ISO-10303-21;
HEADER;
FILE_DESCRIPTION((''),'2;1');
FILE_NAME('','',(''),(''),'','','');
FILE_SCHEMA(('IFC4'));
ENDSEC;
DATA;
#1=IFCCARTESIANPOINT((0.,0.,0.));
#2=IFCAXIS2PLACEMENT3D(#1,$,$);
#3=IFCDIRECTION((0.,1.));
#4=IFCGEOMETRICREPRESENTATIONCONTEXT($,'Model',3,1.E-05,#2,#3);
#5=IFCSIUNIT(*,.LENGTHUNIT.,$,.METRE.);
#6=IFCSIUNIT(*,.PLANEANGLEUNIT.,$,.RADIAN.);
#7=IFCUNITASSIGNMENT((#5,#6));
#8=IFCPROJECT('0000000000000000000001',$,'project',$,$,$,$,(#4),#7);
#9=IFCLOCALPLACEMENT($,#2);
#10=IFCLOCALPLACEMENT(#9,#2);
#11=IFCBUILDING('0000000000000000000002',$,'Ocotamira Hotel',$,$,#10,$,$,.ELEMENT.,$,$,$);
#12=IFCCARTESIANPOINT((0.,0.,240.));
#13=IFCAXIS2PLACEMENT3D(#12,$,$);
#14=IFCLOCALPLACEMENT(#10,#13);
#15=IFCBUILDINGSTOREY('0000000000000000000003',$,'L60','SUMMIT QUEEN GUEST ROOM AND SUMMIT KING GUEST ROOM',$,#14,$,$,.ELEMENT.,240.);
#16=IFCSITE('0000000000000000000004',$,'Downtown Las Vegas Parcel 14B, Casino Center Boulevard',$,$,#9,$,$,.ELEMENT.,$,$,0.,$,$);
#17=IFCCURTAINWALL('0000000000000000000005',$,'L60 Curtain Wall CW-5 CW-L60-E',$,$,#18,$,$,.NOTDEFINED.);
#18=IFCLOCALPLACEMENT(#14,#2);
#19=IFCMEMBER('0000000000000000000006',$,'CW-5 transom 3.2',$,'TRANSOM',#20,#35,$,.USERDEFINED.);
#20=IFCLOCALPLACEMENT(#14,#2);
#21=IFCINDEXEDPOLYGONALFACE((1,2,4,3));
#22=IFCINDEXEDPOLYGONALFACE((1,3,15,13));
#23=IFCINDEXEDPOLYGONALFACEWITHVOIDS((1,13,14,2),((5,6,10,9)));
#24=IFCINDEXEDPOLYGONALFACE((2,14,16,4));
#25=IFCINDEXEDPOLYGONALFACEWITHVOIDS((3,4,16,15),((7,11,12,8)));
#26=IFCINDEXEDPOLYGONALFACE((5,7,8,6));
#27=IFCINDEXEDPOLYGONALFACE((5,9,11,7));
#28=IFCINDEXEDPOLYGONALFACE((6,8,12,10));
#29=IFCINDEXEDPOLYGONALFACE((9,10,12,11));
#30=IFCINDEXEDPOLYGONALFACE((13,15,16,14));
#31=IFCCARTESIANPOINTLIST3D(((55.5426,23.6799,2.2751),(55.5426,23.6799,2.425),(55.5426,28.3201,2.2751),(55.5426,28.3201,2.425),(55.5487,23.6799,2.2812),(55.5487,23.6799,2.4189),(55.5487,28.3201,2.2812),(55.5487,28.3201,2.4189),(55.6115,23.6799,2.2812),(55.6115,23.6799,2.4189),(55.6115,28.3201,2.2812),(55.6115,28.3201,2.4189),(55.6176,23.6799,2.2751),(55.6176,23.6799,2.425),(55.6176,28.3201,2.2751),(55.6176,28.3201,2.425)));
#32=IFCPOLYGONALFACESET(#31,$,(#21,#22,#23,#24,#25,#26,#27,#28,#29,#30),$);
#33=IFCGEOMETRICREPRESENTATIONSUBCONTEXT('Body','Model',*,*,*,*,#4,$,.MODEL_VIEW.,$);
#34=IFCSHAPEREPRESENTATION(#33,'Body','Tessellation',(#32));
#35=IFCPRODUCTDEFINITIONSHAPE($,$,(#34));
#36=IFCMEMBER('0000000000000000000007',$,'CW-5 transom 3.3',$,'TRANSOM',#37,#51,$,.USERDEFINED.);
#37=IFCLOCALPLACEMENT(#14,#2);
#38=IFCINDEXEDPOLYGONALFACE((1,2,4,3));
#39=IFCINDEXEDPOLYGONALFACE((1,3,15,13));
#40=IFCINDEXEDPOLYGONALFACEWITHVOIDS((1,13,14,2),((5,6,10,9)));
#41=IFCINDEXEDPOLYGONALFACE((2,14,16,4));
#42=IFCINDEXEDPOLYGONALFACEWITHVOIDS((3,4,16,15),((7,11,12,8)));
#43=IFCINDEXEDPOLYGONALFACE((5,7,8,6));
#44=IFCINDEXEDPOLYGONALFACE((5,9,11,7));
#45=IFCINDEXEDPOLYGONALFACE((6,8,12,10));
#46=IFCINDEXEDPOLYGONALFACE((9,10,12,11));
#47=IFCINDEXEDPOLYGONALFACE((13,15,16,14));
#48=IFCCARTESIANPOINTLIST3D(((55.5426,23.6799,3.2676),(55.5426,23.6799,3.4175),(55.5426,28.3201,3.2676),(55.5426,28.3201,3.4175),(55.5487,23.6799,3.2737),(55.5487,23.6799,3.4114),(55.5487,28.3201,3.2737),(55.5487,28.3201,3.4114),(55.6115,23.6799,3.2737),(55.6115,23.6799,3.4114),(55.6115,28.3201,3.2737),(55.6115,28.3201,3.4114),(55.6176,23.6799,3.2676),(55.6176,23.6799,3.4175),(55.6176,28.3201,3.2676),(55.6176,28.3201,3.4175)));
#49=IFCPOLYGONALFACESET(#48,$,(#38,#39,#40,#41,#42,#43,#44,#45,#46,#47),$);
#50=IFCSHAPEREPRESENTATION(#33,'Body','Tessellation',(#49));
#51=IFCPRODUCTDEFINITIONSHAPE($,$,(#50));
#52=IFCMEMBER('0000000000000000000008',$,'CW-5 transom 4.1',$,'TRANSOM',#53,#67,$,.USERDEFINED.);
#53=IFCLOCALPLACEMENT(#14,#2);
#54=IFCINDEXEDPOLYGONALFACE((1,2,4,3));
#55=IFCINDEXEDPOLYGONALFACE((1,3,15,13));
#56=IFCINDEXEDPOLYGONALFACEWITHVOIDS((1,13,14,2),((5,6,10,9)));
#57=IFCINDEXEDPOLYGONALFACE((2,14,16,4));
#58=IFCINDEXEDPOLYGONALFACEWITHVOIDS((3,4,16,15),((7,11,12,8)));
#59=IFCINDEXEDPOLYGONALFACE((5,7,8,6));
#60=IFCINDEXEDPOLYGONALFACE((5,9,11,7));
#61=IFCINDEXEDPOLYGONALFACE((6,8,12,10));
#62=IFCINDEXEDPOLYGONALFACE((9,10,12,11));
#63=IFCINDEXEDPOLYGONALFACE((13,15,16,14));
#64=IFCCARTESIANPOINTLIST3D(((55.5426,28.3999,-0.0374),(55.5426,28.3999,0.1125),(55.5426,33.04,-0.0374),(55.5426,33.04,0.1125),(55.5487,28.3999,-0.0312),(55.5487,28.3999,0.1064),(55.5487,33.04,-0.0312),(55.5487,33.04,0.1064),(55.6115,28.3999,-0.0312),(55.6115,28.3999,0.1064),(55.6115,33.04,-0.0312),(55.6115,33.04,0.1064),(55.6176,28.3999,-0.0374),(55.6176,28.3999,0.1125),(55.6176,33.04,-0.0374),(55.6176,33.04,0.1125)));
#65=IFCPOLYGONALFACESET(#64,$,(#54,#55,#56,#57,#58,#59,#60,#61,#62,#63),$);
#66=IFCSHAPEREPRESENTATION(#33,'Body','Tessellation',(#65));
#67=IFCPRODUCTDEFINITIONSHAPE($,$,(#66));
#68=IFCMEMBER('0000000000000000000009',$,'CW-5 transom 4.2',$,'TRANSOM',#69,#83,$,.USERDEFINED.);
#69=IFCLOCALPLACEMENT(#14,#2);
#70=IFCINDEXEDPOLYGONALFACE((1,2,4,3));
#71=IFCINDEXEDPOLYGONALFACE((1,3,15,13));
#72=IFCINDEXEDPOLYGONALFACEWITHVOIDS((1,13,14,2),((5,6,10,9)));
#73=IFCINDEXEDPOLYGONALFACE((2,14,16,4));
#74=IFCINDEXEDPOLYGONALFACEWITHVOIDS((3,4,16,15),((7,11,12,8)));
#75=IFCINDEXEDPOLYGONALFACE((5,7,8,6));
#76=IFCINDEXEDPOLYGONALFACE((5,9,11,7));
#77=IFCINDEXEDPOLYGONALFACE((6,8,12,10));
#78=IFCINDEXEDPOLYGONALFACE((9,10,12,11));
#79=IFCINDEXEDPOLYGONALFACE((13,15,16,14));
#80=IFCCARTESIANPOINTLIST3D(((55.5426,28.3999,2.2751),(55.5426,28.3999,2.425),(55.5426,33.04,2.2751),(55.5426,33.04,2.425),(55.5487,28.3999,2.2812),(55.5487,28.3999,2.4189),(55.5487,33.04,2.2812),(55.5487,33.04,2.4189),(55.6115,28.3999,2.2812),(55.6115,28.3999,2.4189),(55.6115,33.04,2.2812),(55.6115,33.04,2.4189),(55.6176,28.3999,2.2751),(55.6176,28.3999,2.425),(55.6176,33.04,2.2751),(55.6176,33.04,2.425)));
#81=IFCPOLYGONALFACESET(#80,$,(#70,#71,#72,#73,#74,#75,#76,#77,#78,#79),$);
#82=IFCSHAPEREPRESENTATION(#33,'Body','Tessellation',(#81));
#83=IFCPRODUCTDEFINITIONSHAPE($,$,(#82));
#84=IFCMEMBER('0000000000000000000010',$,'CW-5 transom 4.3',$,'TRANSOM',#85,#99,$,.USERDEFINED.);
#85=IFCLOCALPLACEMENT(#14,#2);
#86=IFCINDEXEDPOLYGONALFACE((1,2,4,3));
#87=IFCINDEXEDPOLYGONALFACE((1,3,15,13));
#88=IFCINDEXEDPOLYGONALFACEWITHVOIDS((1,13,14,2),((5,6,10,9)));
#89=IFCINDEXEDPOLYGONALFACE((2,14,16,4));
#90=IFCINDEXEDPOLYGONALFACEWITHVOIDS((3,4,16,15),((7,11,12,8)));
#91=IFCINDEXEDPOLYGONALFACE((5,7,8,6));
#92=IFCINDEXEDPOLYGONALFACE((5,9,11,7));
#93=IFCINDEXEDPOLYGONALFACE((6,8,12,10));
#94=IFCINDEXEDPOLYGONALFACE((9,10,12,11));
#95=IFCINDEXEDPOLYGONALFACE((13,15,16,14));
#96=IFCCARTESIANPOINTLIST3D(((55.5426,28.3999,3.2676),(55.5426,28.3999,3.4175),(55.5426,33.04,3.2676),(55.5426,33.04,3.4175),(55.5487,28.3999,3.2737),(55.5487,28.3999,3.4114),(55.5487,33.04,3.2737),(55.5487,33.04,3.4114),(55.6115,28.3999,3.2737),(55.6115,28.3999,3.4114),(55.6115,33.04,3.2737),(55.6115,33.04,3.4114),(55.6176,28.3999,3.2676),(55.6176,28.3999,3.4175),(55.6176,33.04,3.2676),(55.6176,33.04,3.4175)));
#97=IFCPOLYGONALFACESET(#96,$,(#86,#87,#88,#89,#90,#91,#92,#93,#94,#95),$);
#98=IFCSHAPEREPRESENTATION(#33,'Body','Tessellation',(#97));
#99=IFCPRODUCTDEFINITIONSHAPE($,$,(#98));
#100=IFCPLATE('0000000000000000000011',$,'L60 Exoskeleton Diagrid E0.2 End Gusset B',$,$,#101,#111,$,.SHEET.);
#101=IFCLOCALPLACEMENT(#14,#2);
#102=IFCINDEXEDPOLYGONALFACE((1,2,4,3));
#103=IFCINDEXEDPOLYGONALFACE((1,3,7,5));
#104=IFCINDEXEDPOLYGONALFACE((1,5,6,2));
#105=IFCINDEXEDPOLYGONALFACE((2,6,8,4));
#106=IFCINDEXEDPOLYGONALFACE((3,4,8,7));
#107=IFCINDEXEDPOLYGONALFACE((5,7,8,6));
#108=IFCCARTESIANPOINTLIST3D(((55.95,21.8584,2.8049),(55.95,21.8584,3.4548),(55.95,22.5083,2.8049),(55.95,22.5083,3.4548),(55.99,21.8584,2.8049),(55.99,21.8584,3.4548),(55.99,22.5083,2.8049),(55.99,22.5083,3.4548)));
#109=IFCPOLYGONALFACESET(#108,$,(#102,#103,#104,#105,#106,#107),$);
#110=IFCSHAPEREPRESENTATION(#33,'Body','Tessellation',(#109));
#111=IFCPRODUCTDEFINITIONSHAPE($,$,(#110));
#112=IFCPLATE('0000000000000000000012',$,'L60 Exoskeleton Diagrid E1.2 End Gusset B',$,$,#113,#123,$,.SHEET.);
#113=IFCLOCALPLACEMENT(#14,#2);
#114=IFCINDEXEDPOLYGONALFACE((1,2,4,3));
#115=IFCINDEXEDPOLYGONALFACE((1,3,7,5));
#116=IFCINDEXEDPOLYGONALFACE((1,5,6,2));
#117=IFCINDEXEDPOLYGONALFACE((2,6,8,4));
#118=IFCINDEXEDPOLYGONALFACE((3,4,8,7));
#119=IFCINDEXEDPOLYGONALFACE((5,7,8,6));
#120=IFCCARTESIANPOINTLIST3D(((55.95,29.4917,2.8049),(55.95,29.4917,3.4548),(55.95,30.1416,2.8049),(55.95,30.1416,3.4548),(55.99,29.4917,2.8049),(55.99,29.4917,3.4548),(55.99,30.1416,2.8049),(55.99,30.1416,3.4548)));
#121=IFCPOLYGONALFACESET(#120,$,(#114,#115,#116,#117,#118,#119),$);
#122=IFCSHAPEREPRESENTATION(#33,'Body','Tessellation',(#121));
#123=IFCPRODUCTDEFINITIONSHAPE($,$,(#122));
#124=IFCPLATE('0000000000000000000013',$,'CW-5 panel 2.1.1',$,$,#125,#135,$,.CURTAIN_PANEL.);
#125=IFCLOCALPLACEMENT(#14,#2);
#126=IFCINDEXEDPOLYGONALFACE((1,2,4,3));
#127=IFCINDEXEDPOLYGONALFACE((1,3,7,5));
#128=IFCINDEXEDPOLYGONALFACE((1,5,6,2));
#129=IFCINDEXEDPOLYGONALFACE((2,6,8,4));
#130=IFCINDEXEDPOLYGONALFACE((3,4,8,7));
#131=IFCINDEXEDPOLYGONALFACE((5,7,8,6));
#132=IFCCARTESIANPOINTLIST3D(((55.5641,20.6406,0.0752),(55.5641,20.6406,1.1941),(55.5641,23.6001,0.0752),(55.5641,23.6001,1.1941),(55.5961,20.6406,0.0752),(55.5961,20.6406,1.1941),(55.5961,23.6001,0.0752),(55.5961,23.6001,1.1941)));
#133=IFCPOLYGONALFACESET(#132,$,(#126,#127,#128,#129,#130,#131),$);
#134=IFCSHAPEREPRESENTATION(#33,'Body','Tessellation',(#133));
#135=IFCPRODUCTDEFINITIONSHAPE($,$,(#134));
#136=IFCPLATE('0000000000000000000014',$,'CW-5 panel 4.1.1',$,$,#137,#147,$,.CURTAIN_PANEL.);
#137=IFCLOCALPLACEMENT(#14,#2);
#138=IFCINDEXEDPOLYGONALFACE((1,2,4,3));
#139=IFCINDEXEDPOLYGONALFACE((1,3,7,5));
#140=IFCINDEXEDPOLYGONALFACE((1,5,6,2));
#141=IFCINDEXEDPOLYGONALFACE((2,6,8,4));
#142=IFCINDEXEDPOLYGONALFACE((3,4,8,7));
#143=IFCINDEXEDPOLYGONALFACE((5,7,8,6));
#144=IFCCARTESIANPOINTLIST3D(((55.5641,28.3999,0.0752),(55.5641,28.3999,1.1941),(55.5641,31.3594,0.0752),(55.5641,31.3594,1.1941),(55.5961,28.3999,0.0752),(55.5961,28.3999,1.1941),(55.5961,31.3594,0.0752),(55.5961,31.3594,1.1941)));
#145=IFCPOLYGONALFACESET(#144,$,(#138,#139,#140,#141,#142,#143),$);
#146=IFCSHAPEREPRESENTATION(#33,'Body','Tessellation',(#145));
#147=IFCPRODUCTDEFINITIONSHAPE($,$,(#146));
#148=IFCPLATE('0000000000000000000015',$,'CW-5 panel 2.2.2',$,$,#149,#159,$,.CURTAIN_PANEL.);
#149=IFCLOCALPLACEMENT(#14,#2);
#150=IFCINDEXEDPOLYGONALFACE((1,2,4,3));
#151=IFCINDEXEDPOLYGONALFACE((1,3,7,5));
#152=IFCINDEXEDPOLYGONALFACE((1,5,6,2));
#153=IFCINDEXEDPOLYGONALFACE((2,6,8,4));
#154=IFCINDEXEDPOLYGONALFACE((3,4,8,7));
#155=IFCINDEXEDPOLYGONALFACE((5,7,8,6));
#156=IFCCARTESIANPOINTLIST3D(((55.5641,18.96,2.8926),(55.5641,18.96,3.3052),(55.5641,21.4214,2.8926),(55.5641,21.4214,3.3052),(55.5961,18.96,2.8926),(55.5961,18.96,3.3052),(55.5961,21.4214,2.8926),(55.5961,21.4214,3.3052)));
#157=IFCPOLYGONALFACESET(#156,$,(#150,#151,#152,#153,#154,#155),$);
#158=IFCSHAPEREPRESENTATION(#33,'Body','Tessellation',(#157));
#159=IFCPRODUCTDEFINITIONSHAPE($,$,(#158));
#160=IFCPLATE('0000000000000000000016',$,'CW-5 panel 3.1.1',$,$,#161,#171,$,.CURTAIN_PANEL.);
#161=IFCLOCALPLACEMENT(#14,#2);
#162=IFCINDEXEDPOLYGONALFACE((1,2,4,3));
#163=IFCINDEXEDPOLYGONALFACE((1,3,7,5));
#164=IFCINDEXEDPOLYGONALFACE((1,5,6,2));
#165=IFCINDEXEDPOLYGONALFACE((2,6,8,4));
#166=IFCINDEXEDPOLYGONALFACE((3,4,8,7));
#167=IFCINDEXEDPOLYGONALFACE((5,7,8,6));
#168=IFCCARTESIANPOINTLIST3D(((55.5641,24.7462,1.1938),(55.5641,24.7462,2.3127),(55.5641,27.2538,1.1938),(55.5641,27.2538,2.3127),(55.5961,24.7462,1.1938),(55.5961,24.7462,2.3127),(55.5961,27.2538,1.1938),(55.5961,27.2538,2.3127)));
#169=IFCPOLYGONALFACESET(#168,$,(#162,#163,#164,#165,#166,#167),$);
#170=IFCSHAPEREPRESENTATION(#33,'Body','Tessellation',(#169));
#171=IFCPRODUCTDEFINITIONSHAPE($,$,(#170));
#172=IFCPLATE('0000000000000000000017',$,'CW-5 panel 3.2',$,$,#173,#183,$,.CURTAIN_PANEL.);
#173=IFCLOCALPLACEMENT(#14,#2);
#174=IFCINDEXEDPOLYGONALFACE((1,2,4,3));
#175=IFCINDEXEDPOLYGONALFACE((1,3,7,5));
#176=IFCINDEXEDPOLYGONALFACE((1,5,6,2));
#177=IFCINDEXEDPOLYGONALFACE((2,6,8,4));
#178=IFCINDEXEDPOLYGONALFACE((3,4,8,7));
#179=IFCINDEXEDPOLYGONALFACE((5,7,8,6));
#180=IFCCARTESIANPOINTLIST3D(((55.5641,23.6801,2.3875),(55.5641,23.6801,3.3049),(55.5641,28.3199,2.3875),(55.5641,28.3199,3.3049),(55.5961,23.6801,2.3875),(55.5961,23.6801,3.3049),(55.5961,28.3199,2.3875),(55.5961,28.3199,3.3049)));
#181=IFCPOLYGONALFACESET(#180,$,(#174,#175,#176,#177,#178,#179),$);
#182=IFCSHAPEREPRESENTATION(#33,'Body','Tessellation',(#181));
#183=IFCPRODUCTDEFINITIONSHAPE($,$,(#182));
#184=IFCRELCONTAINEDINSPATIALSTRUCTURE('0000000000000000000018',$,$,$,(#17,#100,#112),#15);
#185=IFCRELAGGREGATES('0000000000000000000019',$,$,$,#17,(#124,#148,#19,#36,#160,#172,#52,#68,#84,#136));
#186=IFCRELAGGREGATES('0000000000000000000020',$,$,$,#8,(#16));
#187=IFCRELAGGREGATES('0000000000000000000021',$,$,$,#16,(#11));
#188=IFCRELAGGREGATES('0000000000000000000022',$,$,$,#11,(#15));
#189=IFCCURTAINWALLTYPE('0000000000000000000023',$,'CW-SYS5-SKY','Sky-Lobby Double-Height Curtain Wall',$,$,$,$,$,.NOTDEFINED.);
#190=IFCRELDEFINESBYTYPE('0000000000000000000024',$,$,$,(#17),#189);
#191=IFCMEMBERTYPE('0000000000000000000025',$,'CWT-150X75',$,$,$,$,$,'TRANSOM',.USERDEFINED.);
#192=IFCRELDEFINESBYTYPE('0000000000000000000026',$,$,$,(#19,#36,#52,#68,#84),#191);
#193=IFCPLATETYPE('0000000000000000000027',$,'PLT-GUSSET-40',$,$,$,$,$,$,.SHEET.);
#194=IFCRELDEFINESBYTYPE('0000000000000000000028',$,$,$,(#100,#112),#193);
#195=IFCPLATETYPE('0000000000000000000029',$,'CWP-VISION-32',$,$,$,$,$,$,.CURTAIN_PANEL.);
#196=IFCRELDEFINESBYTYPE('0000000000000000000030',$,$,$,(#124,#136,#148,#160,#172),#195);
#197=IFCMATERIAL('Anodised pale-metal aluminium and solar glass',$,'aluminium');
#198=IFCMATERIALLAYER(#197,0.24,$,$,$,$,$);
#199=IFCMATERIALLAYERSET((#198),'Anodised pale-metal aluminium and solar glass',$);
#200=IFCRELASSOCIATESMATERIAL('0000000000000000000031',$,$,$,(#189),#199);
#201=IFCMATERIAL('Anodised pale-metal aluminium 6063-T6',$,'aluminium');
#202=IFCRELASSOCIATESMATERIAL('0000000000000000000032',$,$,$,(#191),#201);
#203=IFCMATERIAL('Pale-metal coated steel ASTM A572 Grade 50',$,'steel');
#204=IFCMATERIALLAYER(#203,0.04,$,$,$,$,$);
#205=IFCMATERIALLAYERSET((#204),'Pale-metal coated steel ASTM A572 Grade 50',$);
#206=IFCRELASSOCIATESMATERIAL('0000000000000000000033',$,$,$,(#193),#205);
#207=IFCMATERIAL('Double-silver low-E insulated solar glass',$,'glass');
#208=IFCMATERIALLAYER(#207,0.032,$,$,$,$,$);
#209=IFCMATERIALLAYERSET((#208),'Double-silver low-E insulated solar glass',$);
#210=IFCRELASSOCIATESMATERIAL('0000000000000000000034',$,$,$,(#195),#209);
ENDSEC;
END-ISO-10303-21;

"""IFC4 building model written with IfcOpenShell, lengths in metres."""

from ifc_helpers import new_model, si_unit, direction, frame, origin, origin_2d, place, context, subcontext, project, spatial, rectangle, hollow_rectangle, extrude, source, transform, mapped, material, layer, layer_set, material_profile, profile_set, type_object, element, aggregate, save


model = new_model("IFC4")

# Units and contexts
model_context = context("Model", 3, precision=1e-05, world=origin(), true_north=direction((0.0, 1.0)))
body_context = subcontext(model_context, "Body", "Model", "MODEL_VIEW")
ifc_project = project(units=[si_unit("LENGTHUNIT", "METRE"), si_unit("PLANEANGLEUNIT", "RADIAN")], contexts=[model_context])

# Site, building, storey
site_placement = place(None, origin())
site = spatial("IfcSite", under=ifc_project, at=site_placement, Name="Downtown Las Vegas Parcel 14B, Casino Center Boulevard", CompositionType="ELEMENT", RefElevation=0.0)
building_placement = place(site_placement, origin())
building = spatial("IfcBuilding", under=site, at=building_placement, Name="Ocotamira Hotel", CompositionType="ELEMENT")
storey_placement = place(building_placement, frame((0.0, 0.0, 240.0)))
storey = spatial("IfcBuildingStorey", under=building, at=storey_placement, Name="L60", Description="SUMMIT QUEEN GUEST ROOM AND SUMMIT KING GUEST ROOM", CompositionType="ELEMENT", Elevation=240.0)

# Curtain wall, members
ifc_material_1 = material(Name="Anodised pale-metal aluminium and solar glass", Category="aluminium")
ifc_layer_1 = layer(ifc_material_1, 0.24)
ifc_layer_set_1 = layer_set([ifc_layer_1], Name="Anodised pale-metal aluminium and solar glass")
curtain_wall_type = type_object("IfcCurtainWallType", Name="CW-SYS5-SKY", Description="Sky-Lobby Double-Height Curtain Wall", PredefinedType="NOTDEFINED", material=ifc_layer_set_1)
curtain_wall_placement = place(storey_placement, origin())
curtain_wall = element("IfcCurtainWall", 1, at=curtain_wall_placement, inside=storey, type_object=curtain_wall_type, Name="L60 Curtain Wall CW-5 CW-L60-E", PredefinedType="NOTDEFINED")
ifc_material_2 = material(Name="Anodised pale-metal aluminium 6063-T6", Category="aluminium")
ifc_material_profile_1 = material_profile(ifc_material_2, hollow_rectangle(XDim=0.075, YDim=0.1499, WallThickness=0.0061, at=origin_2d()), Name="HSS150X75X6")
ifc_profile_set_1 = profile_set([ifc_material_profile_1], Name="Anodised pale-metal aluminium 6063-T6")
member_type_1 = type_object("IfcMemberType", Name="CWT-150X75", ElementType="TRANSOM", PredefinedType="USERDEFINED", material=ifc_profile_set_1)
shared_shape_1 = source(origin(), body_context, "Body", "SweptSolid", [
    extrude(hollow_rectangle(XDim=0.075, YDim=0.1499, WallThickness=0.0061, at=origin_2d()), origin(), (0.0, 0.0, 1.0), 4.6401),
])
member_1_placement = place(storey_placement, frame((55.5801, 23.6799, 2.3501), z_axis=(0.0, 1.0, 0.0), x_axis=(-1.0, 0.0, 0.0)))
member_1 = element("IfcMember", 2, at=member_1_placement, type_object=member_type_1, Name="CW-5 transom 3.2", ObjectType="TRANSOM", PredefinedType="USERDEFINED", context=body_context, shape_type="MappedRepresentation", body=[
    mapped(shared_shape_1, transform((0.0, 0.0, 0.0), scale=1.0)),
])
member_2_placement = place(storey_placement, frame((55.5801, 23.6799, 3.3425), z_axis=(0.0, 1.0, 0.0), x_axis=(-1.0, 0.0, 0.0)))
member_2 = element("IfcMember", 3, at=member_2_placement, type_object=member_type_1, Name="CW-5 transom 3.3", ObjectType="TRANSOM", PredefinedType="USERDEFINED", context=body_context, shape_type="MappedRepresentation", body=[
    mapped(shared_shape_1, transform((0.0, 0.0, 0.0), scale=1.0)),
])
member_3_placement = place(storey_placement, frame((55.5801, 28.3999, 0.0376), z_axis=(0.0, 1.0, 0.0), x_axis=(-1.0, 0.0, 0.0)))
member_3 = element("IfcMember", 4, at=member_3_placement, type_object=member_type_1, Name="CW-5 transom 4.1", ObjectType="TRANSOM", PredefinedType="USERDEFINED", context=body_context, shape_type="MappedRepresentation", body=[
    mapped(shared_shape_1, transform((0.0, 0.0, 0.0), scale=1.0)),
])
member_4_placement = place(storey_placement, frame((55.5801, 28.3999, 2.3501), z_axis=(0.0, 1.0, 0.0), x_axis=(-1.0, 0.0, 0.0)))
member_4 = element("IfcMember", 5, at=member_4_placement, type_object=member_type_1, Name="CW-5 transom 4.2", ObjectType="TRANSOM", PredefinedType="USERDEFINED", context=body_context, shape_type="MappedRepresentation", body=[
    mapped(shared_shape_1, transform((0.0, 0.0, 0.0), scale=1.0)),
])
member_5_placement = place(storey_placement, frame((55.5801, 28.3999, 3.3425), z_axis=(0.0, 1.0, 0.0), x_axis=(-1.0, 0.0, 0.0)))
member_5 = element("IfcMember", 6, at=member_5_placement, type_object=member_type_1, Name="CW-5 transom 4.3", ObjectType="TRANSOM", PredefinedType="USERDEFINED", context=body_context, shape_type="MappedRepresentation", body=[
    mapped(shared_shape_1, transform((0.0, 0.0, 0.0), scale=1.0)),
])

# Plates
ifc_material_3 = material(Name="Pale-metal coated steel ASTM A572 Grade 50", Category="steel")
ifc_layer_2 = layer(ifc_material_3, 0.04)
ifc_layer_set_2 = layer_set([ifc_layer_2], Name="Pale-metal coated steel ASTM A572 Grade 50")
plate_type_1 = type_object("IfcPlateType", Name="PLT-GUSSET-40", PredefinedType="SHEET", material=ifc_layer_set_2)
shared_shape_2 = source(origin(), body_context, "Body", "SweptSolid", [
    extrude(rectangle(XDim=0.04, YDim=0.6499, at=origin_2d()), origin(), (0.0, 0.0, 1.0), 0.6499),
])
for number, where, z_axis, x_axis, name in (
    (7, (55.97, 22.1833, 2.8049), (0.0, 0.0, 1.0), (1.0, 0.0, 0.0), "L60 Exoskeleton Diagrid E0.2 End Gusset B"),
    (8, (55.97, 29.8167, 2.8049), (0.0, 0.0, 1.0), (1.0, 0.0, 0.0), "L60 Exoskeleton Diagrid E1.2 End Gusset B"),
):
    element("IfcPlate", number, at=place(storey_placement, frame(where, z_axis=z_axis, x_axis=x_axis)), inside=storey, type_object=plate_type_1, Name=name, PredefinedType="SHEET", context=body_context, shape_type="MappedRepresentation", body=[
        mapped(shared_shape_2, transform((0.0, 0.0, 0.0), scale=1.0)),
    ])

# Plates
ifc_material_4 = material(Name="Double-silver low-E insulated solar glass", Category="glass")
ifc_layer_3 = layer(ifc_material_4, 0.032)
ifc_layer_set_3 = layer_set([ifc_layer_3], Name="Double-silver low-E insulated solar glass")
plate_type_2 = type_object("IfcPlateType", Name="CWP-VISION-32", PredefinedType="CURTAIN_PANEL", material=ifc_layer_set_3)
shared_shape_3 = source(origin(), body_context, "Body", "SweptSolid", [
    extrude(rectangle(XDim=2.9595, YDim=0.032, at=origin_2d()), origin(), (0.0, 0.0, 1.0), 1.1189),
])
plate_1_placement = place(storey_placement, frame((55.5801, 22.1204, 0.0752), z_axis=(0.0, 0.0, 1.0), x_axis=(0.0, 1.0, 0.0)))
plate_1 = element("IfcPlate", 9, at=plate_1_placement, type_object=plate_type_2, Name="CW-5 panel 2.1.1", PredefinedType="CURTAIN_PANEL", context=body_context, shape_type="MappedRepresentation", body=[
    mapped(shared_shape_3, transform((0.0, 0.0, 0.0), scale=1.0)),
])
plate_2_placement = place(storey_placement, frame((55.5801, 29.8796, 0.0752), z_axis=(0.0, 0.0, 1.0), x_axis=(0.0, 1.0, 0.0)))
plate_2 = element("IfcPlate", 10, at=plate_2_placement, type_object=plate_type_2, Name="CW-5 panel 4.1.1", PredefinedType="CURTAIN_PANEL", context=body_context, shape_type="MappedRepresentation", body=[
    mapped(shared_shape_3, transform((0.0, 0.0, 0.0), scale=1.0)),
])
shared_shape_4 = source(origin(), body_context, "Body", "SweptSolid", [
    extrude(rectangle(XDim=2.4614, YDim=0.032, at=origin_2d()), origin(), (0.0, 0.0, 1.0), 0.4126),
])
plate_3_placement = place(storey_placement, frame((55.5801, 20.1907, 2.8926), z_axis=(0.0, 0.0, 1.0), x_axis=(0.0, 1.0, 0.0)))
plate_3 = element("IfcPlate", 11, at=plate_3_placement, type_object=plate_type_2, Name="CW-5 panel 2.2.2", PredefinedType="CURTAIN_PANEL", context=body_context, shape_type="MappedRepresentation", body=[
    mapped(shared_shape_4, transform((0.0, 0.0, 0.0), scale=1.0)),
])
shared_shape_5 = source(origin(), body_context, "Body", "SweptSolid", [
    extrude(rectangle(XDim=2.5076, YDim=0.032, at=origin_2d()), origin(), (0.0, 0.0, 1.0), 1.1189),
])
plate_4_placement = place(storey_placement, frame((55.5801, 26.0, 1.1938), z_axis=(0.0, 0.0, 1.0), x_axis=(0.0, 1.0, 0.0)))
plate_4 = element("IfcPlate", 12, at=plate_4_placement, type_object=plate_type_2, Name="CW-5 panel 3.1.1", PredefinedType="CURTAIN_PANEL", context=body_context, shape_type="MappedRepresentation", body=[
    mapped(shared_shape_5, transform((0.0, 0.0, 0.0), scale=1.0)),
])
shared_shape_6 = source(origin(), body_context, "Body", "SweptSolid", [
    extrude(rectangle(XDim=4.6399, YDim=0.032, at=origin_2d()), origin(), (0.0, 0.0, 1.0), 0.9175),
])
plate_5_placement = place(storey_placement, frame((55.5801, 26.0, 2.3875), z_axis=(0.0, 0.0, 1.0), x_axis=(0.0, 1.0, 0.0)))
plate_5 = element("IfcPlate", 13, at=plate_5_placement, type_object=plate_type_2, Name="CW-5 panel 3.2", PredefinedType="CURTAIN_PANEL", context=body_context, shape_type="MappedRepresentation", body=[
    mapped(shared_shape_6, transform((0.0, 0.0, 0.0), scale=1.0)),
])
aggregate(curtain_wall, [plate_1, plate_3, member_1, member_2, plate_4, plate_5, member_3, member_4, member_5, plate_2])

save(model, "model.ifc")
